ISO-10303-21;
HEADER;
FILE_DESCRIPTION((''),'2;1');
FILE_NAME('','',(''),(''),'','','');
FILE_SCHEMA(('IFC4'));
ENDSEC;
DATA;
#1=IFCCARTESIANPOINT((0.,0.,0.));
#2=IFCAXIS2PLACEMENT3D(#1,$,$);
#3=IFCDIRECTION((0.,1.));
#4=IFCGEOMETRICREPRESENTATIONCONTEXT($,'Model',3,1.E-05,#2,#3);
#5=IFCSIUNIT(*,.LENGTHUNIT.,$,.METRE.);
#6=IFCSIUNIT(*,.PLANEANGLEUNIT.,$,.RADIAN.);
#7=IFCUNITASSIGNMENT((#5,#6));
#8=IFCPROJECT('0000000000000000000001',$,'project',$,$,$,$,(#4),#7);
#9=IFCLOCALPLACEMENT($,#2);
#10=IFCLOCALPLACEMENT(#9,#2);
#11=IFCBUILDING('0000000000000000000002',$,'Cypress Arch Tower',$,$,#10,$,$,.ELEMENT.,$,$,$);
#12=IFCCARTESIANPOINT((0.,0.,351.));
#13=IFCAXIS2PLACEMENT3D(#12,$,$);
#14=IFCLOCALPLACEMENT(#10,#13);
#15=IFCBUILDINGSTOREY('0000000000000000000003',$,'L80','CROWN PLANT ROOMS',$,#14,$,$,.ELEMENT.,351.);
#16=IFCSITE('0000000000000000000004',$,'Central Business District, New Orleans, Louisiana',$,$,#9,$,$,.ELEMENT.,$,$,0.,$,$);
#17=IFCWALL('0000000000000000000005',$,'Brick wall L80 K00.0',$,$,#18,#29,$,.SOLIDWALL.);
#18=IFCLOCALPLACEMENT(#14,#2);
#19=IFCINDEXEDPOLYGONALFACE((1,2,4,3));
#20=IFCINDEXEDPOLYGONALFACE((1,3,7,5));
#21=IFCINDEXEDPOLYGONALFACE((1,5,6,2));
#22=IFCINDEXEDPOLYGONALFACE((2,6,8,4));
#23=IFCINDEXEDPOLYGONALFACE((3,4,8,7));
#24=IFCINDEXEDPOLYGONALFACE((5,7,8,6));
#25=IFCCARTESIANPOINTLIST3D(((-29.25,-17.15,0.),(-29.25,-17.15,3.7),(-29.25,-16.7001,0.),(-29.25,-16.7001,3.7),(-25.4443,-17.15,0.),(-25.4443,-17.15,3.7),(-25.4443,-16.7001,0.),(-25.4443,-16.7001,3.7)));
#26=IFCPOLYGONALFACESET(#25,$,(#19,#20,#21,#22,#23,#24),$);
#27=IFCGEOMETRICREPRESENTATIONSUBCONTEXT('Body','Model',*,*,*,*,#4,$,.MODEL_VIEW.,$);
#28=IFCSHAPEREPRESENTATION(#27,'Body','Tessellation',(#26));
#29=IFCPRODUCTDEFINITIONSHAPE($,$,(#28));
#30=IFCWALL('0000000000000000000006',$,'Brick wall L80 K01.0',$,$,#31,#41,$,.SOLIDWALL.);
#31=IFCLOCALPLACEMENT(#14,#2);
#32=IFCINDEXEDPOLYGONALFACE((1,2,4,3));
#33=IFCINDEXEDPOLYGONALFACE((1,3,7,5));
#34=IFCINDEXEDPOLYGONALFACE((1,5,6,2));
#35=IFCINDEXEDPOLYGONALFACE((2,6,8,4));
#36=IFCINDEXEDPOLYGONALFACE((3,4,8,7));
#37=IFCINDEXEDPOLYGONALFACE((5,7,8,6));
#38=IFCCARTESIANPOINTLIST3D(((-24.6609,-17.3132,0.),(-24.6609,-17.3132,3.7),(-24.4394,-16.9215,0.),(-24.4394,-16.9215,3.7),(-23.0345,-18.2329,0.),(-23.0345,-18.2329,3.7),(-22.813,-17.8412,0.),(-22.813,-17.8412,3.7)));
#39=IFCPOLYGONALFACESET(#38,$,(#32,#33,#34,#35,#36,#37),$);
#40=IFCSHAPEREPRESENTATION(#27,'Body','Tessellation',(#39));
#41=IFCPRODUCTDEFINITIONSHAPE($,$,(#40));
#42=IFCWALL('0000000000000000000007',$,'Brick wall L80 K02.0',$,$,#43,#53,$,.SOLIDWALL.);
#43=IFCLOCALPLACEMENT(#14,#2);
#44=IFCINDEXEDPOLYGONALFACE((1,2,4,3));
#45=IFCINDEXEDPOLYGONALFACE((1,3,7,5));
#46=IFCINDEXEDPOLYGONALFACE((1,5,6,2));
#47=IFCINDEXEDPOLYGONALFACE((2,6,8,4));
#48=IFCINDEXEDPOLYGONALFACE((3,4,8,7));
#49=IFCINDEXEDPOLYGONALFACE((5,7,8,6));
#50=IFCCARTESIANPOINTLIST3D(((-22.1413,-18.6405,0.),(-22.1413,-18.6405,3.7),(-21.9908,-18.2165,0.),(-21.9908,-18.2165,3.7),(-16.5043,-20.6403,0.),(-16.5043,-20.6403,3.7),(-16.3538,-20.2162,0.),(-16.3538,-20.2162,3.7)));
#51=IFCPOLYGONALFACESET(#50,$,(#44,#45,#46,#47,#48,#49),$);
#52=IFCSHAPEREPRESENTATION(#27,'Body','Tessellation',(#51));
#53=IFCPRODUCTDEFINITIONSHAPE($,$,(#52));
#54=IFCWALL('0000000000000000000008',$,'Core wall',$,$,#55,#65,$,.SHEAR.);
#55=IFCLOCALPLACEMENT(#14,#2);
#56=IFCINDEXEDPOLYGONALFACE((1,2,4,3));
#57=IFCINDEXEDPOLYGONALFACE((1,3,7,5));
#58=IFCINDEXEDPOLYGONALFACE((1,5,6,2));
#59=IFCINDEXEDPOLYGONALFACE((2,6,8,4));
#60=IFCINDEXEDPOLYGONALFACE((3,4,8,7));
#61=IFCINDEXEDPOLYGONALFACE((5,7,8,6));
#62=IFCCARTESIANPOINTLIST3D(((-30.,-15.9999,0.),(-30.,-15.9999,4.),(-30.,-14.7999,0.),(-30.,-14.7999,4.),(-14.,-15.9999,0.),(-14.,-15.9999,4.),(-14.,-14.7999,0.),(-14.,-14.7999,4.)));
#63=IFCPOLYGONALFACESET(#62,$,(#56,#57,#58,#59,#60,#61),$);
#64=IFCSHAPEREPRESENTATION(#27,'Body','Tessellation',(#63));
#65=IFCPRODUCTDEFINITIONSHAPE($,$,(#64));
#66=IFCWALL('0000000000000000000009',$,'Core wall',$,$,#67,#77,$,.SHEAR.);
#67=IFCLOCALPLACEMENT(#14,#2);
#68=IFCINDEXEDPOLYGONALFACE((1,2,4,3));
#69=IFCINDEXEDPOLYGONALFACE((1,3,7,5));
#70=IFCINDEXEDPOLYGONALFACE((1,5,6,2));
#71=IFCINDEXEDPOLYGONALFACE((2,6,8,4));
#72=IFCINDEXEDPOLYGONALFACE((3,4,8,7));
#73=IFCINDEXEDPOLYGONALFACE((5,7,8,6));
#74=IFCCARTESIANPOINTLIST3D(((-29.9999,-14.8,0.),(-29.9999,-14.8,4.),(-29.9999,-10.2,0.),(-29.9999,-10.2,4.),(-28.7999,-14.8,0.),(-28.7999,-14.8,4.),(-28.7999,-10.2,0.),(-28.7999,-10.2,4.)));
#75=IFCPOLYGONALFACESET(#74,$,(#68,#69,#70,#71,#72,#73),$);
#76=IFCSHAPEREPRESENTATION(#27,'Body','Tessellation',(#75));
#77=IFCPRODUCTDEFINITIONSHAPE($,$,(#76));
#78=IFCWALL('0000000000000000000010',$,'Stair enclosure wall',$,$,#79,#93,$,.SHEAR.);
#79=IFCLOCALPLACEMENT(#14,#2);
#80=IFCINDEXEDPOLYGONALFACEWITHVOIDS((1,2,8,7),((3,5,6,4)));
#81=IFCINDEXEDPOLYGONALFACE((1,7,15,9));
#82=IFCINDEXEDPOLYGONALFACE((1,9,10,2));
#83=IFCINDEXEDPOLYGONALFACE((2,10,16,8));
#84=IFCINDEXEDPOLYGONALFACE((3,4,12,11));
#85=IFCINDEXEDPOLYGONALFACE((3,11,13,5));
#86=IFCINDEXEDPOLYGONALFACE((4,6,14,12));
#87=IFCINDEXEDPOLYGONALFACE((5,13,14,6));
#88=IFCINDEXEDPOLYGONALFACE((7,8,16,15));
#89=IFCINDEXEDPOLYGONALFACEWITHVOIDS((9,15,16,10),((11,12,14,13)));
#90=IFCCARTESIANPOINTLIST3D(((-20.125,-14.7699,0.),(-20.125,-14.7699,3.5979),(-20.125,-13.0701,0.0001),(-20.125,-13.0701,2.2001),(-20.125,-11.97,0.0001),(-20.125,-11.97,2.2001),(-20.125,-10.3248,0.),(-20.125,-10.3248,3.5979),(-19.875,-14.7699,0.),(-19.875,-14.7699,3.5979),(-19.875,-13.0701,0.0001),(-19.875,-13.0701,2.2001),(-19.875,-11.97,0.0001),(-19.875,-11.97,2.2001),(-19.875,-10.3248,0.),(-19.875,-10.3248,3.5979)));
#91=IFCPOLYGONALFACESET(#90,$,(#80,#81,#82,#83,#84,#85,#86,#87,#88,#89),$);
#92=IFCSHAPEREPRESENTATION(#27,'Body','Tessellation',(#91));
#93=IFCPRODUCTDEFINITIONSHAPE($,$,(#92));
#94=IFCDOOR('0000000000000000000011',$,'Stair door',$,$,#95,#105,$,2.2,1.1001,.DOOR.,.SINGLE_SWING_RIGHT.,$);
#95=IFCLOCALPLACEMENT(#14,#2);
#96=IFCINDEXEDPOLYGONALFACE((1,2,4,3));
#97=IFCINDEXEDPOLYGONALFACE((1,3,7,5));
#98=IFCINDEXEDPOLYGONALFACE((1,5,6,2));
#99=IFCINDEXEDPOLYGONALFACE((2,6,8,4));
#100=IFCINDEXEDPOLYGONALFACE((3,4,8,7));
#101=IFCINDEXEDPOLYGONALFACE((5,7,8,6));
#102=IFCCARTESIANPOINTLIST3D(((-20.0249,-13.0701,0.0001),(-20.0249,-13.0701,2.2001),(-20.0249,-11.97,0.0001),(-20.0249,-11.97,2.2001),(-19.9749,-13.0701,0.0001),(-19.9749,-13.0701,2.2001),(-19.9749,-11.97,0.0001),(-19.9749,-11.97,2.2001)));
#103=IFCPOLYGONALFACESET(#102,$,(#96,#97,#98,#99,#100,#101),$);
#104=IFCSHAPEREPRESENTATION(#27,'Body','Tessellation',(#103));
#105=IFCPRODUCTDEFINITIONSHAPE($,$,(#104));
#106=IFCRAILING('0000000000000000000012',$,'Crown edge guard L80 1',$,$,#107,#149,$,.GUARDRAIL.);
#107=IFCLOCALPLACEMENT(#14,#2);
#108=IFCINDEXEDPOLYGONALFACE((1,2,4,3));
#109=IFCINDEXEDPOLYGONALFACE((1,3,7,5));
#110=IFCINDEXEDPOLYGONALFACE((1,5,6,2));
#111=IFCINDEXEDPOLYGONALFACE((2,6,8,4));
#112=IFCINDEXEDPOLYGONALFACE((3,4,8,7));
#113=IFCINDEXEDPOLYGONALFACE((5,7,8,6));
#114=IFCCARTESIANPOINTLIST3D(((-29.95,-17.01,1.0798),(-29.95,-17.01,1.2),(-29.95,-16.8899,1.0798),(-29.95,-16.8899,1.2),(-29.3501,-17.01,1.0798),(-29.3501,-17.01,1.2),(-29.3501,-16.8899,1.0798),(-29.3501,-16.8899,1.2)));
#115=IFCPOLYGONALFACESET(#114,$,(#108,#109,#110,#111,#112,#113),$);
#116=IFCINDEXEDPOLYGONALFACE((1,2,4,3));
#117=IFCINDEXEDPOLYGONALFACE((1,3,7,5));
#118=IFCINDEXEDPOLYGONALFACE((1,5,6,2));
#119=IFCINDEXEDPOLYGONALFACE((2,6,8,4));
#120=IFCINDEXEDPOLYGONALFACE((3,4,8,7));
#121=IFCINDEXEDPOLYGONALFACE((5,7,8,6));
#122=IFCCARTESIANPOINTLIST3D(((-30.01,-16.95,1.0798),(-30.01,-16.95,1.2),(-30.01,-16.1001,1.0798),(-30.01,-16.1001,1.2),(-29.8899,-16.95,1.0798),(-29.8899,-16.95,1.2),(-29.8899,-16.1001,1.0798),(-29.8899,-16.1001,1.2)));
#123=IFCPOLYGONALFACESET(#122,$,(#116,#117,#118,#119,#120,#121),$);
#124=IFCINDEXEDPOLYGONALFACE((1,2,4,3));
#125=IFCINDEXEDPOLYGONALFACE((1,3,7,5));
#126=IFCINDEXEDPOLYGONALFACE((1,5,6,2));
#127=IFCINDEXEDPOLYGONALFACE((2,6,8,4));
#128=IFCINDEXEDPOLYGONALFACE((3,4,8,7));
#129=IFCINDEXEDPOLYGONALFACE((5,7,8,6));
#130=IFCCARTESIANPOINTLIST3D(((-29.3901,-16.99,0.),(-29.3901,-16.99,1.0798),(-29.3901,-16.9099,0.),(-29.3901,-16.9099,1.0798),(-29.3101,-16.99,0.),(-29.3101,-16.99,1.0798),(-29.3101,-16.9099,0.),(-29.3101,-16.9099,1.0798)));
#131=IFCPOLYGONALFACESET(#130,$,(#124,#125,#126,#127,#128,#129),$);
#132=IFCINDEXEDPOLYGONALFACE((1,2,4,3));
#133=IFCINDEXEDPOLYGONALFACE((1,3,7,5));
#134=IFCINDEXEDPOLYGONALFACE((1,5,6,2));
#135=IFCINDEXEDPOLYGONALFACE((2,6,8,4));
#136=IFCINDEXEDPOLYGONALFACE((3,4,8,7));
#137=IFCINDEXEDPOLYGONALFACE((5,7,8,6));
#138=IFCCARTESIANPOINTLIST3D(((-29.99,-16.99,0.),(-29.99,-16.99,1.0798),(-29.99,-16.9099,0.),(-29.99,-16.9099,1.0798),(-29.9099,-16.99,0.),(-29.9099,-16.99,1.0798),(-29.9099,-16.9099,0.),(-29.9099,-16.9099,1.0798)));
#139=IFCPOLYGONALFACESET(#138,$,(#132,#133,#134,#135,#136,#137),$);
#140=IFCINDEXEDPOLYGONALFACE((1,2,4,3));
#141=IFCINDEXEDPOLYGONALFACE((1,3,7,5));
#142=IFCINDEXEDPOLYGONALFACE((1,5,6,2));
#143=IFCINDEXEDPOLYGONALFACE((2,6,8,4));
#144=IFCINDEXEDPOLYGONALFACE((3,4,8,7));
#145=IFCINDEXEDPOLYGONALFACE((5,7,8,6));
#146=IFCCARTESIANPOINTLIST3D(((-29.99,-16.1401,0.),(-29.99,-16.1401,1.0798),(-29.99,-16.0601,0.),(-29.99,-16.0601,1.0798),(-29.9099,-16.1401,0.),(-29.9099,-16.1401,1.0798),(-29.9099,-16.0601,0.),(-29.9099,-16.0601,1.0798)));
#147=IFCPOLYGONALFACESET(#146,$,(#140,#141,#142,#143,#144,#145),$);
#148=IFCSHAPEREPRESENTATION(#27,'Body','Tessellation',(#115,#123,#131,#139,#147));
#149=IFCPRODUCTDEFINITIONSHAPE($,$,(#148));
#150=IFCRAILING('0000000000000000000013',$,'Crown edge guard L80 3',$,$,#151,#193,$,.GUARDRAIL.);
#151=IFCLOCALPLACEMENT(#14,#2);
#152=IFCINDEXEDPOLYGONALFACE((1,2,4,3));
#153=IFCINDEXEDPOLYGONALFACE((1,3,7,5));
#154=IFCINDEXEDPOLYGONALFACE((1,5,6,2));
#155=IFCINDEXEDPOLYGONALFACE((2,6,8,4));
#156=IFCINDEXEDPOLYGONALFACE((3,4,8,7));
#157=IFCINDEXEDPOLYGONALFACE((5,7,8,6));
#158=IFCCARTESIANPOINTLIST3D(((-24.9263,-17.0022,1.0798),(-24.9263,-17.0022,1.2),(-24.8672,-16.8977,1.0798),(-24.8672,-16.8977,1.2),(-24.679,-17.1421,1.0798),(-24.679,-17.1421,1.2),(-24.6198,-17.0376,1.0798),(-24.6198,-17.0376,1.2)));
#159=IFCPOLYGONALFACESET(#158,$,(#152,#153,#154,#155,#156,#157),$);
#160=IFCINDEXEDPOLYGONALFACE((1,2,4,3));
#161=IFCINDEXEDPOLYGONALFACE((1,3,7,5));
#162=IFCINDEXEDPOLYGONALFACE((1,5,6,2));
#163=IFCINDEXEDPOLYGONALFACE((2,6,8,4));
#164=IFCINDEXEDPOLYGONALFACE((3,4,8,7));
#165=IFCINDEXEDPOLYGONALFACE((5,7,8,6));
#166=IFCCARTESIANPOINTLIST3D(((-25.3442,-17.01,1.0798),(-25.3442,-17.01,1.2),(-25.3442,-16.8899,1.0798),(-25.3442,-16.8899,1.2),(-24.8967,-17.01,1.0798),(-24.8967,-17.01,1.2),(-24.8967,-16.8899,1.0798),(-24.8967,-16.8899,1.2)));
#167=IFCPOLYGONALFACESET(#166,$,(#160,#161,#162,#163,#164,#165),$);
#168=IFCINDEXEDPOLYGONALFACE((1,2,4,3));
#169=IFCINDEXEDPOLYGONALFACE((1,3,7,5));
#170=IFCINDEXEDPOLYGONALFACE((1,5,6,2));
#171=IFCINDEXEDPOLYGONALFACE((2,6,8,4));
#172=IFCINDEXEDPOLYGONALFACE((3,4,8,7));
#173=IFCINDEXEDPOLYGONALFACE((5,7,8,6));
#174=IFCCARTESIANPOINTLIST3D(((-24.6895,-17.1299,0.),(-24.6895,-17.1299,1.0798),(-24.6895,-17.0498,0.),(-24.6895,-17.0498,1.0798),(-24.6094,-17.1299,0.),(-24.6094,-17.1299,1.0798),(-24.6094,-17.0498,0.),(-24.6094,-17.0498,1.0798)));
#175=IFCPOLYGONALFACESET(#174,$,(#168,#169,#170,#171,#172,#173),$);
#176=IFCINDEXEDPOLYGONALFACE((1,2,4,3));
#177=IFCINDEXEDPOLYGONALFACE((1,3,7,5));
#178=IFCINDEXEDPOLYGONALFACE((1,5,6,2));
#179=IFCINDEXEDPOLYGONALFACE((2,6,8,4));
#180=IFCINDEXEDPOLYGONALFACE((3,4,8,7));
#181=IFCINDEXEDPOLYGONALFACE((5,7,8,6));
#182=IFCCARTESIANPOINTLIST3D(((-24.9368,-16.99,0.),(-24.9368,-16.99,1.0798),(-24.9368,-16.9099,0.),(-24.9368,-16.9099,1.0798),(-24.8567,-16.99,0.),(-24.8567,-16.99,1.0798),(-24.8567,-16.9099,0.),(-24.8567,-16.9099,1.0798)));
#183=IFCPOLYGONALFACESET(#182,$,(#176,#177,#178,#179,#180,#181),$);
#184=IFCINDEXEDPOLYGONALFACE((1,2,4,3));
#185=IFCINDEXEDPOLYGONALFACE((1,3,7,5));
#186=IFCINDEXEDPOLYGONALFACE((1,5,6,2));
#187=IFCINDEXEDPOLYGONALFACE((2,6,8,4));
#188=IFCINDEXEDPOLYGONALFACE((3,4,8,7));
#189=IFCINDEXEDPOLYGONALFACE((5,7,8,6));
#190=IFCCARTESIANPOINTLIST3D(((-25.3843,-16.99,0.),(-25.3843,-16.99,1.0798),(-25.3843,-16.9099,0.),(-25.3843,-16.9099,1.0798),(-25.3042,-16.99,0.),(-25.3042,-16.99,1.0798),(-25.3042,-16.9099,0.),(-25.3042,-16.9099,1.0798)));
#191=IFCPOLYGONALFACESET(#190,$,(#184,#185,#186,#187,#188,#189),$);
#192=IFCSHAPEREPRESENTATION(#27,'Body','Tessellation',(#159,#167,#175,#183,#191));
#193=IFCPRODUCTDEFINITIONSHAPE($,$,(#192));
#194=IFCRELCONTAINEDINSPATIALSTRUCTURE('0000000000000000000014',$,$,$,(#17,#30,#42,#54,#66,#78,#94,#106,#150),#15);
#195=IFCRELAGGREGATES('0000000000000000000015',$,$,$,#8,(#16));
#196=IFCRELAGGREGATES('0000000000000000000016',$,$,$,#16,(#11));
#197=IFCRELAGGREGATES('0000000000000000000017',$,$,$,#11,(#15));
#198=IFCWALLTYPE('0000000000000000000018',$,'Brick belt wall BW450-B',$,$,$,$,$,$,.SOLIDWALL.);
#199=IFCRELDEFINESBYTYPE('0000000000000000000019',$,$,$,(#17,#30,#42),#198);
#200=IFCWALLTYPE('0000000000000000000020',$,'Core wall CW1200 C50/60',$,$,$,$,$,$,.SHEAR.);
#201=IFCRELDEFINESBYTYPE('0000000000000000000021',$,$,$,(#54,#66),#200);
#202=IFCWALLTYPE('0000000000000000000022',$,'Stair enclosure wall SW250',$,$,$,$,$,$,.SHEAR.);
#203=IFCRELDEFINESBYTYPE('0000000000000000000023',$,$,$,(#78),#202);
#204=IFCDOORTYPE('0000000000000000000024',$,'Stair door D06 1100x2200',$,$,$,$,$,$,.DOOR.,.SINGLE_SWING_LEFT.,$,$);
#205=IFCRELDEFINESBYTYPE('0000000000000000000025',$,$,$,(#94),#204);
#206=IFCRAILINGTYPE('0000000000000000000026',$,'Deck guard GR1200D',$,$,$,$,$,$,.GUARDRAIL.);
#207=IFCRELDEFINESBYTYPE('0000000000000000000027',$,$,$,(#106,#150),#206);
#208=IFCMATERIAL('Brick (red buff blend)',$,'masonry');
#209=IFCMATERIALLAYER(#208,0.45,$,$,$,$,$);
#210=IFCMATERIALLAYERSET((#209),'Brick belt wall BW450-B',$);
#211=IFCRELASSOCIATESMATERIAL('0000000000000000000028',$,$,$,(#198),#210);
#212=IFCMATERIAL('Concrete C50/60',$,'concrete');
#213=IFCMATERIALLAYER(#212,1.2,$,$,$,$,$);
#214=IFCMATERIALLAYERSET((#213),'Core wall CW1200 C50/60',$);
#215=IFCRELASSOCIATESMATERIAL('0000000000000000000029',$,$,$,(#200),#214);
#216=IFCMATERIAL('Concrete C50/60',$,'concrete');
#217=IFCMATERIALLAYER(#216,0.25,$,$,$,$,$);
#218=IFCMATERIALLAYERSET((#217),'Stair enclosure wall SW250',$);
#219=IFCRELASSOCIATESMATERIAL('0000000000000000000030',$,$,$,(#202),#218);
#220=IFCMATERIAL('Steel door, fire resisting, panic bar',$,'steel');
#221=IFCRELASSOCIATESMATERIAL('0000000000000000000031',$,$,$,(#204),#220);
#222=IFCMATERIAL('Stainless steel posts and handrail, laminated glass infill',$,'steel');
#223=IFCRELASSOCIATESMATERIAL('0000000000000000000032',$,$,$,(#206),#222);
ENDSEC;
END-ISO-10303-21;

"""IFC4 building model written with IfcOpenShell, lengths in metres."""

from ifc_helpers import new_model, si_unit, direction, frame, frame_2d, origin, origin_2d, place, context, subcontext, project, spatial, rectangle, extrude, material, layer, layer_set, type_object, element, fill, save


model = new_model("IFC4")

# Units and contexts
model_context = context("Model", 3, precision=1e-05, world=origin(), true_north=direction((0.0, 1.0)))
body_context = subcontext(model_context, "Body", "Model", "MODEL_VIEW")
ifc_project = project(units=[si_unit("LENGTHUNIT", "METRE"), si_unit("PLANEANGLEUNIT", "RADIAN")], contexts=[model_context])

# Site, building, storey
site_placement = place(None, origin())
site = spatial("IfcSite", under=ifc_project, at=site_placement, Name="Central Business District, New Orleans, Louisiana", CompositionType="ELEMENT", RefElevation=0.0)
building_placement = place(site_placement, origin())
building = spatial("IfcBuilding", under=site, at=building_placement, Name="Cypress Arch Tower", CompositionType="ELEMENT")
storey_placement = place(building_placement, frame((0.0, 0.0, 351.0)))
storey = spatial("IfcBuildingStorey", under=building, at=storey_placement, Name="L80", Description="CROWN PLANT ROOMS", CompositionType="ELEMENT", Elevation=351.0)

# Walls
ifc_material_1 = material(Name="Brick (red buff blend)", Category="masonry")
ifc_layer_1 = layer(ifc_material_1, 0.45)
ifc_layer_set_1 = layer_set([ifc_layer_1], Name="Brick belt wall BW450-B")
wall_type_1 = type_object("IfcWallType", Name="Brick belt wall BW450-B", PredefinedType="SOLIDWALL", material=ifc_layer_set_1)
wall_1_placement = place(storey_placement, frame((-29.25, -16.925, 0.0), z_axis=(0.0, 0.0, 1.0), x_axis=(1.0, 0.0, 0.0)))
element("IfcWall", 1, at=wall_1_placement, inside=storey, type_object=wall_type_1, Name="Brick wall L80 K00.0", PredefinedType="SOLIDWALL", context=body_context, shape_type="SweptSolid", body=[
    extrude(rectangle(XDim=3.8057, YDim=0.45, at=frame_2d((1.9028, 0.0))), origin(), (0.0, 0.0, 1.0), 3.7),
])
wall_2_placement = place(storey_placement, frame((-24.55, -17.1174, 0.0), z_axis=(0.0, 0.0, 1.0), x_axis=(0.870478, -0.492208, 0.0)))
element("IfcWall", 2, at=wall_2_placement, inside=storey, type_object=wall_type_1, Name="Brick wall L80 K01.0", PredefinedType="SOLIDWALL", context=body_context, shape_type="SweptSolid", body=[
    extrude(rectangle(XDim=1.8684, YDim=0.45, at=frame_2d((0.9341, 0.0))), origin(), (0.0, 0.0, 1.0), 3.7),
])
wall_3_placement = place(storey_placement, frame((-22.0662, -18.4285, 0.0), z_axis=(0.0, 0.0, 1.0), x_axis=(0.942452, -0.334342, 0.0)))
element("IfcWall", 3, at=wall_3_placement, inside=storey, type_object=wall_type_1, Name="Brick wall L80 K02.0", PredefinedType="SOLIDWALL", context=body_context, shape_type="SweptSolid", body=[
    extrude(rectangle(XDim=5.9812, YDim=0.45, at=frame_2d((2.9907, 0.0))), origin(), (0.0, 0.0, 1.0), 3.7),
])
ifc_material_2 = material(Name="Concrete C50/60", Category="concrete")
ifc_layer_2 = layer(ifc_material_2, 1.2)
ifc_layer_set_2 = layer_set([ifc_layer_2], Name="Core wall CW1200 C50/60")
wall_type_2 = type_object("IfcWallType", Name="Core wall CW1200 C50/60", PredefinedType="SHEAR", material=ifc_layer_set_2)
wall_4_placement = place(storey_placement, frame((-30.0, -15.3999, 0.0), z_axis=(0.0, 0.0, 1.0), x_axis=(1.0, 0.0, 0.0)))
element("IfcWall", 4, at=wall_4_placement, inside=storey, type_object=wall_type_2, Name="Core wall", PredefinedType="SHEAR", context=body_context, shape_type="SweptSolid", body=[
    extrude(rectangle(XDim=16.0, YDim=1.2, at=frame_2d((8.0, 0.0))), origin(), (0.0, 0.0, 1.0), 4.0),
])
wall_5_placement = place(storey_placement, frame((-29.3999, -14.8, 0.0), z_axis=(0.0, 0.0, 1.0), x_axis=(0.0, 1.0, 0.0)))
element("IfcWall", 5, at=wall_5_placement, inside=storey, type_object=wall_type_2, Name="Core wall", PredefinedType="SHEAR", context=body_context, shape_type="SweptSolid", body=[
    extrude(rectangle(XDim=4.6001, YDim=1.2, at=frame_2d((2.3, 0.0))), origin(), (0.0, 0.0, 1.0), 4.0),
])

# Wall, opening, door
ifc_material_3 = material(Name="Concrete C50/60", Category="concrete")
ifc_layer_3 = layer(ifc_material_3, 0.25)
ifc_layer_set_3 = layer_set([ifc_layer_3], Name="Stair enclosure wall SW250")
wall_type_3 = type_object("IfcWallType", Name="Stair enclosure wall SW250", PredefinedType="SHEAR", material=ifc_layer_set_3)
wall_6_placement = place(storey_placement, frame((-20.0, -14.77, 0.0), z_axis=(0.0, 0.0, 1.0), x_axis=(0.0, 1.0, 0.0)))
wall_6 = element("IfcWall", 6, at=wall_6_placement, inside=storey, type_object=wall_type_3, Name="Stair enclosure wall", PredefinedType="SHEAR", context=body_context, shape_type="SweptSolid", body=[
    extrude(rectangle(XDim=4.4451, YDim=0.25, at=frame_2d((2.2227, 0.0))), origin(), (0.0, 0.0, 1.0), 3.5979),
])
opening_placement = place(wall_6_placement, frame((1.7, 0.0, 0.0)))
opening = element("IfcOpeningElement", 7, at=opening_placement, cuts=wall_6, PredefinedType="OPENING", context=body_context, shape_type="SweptSolid", body=[
    extrude(rectangle(XDim=1.1001, YDim=2.2, at=frame_2d((0.55, 1.1001))), frame((0.0, 0.135, 0.0), z_axis=(0.0, -1.0, 0.0), x_axis=(1.0, 0.0, 0.0)), (0.0, 0.0, 1.0), 0.27),
])
ifc_material_4 = material(Name="Steel door, fire resisting, panic bar", Category="steel")
door_type = type_object("IfcDoorType", Name="Stair door D06 1100x2200", OperationType="SINGLE_SWING_LEFT", PredefinedType="DOOR", material=ifc_material_4)
door_placement = place(opening_placement, origin())
door = element("IfcDoor", 8, at=door_placement, inside=storey, type_object=door_type, Name="Stair door", OperationType="SINGLE_SWING_RIGHT", OverallHeight=2.2, OverallWidth=1.1001, PredefinedType="DOOR", context=body_context, shape_type="SweptSolid", body=[
    extrude(rectangle(XDim=1.1001, YDim=2.2, at=frame_2d((0.55, 1.1001))), frame((0.0, 0.0249, 0.0), z_axis=(0.0, -1.0, 0.0), x_axis=(1.0, 0.0, 0.0)), (0.0, 0.0, 1.0), 0.05),
])
fill(opening, door)

# Railings
ifc_material_5 = material(Name="Stainless steel posts and handrail, laminated glass infill", Category="steel")
railing_type_1 = type_object("IfcRailingType", Name="Deck guard GR1200D", PredefinedType="GUARDRAIL", material=ifc_material_5)
railing_1_placement = place(storey_placement, frame((-29.3501, -16.95, 0.0)))
element("IfcRailing", 9, at=railing_1_placement, inside=storey, type_object=railing_type_1, Name="Crown edge guard L80 1", PredefinedType="GUARDRAIL", context=body_context, shape_type="SweptSolid", body=[
    extrude(rectangle(XDim=0.1201, YDim=0.1201, at=origin_2d()), frame((0.0, 0.0, 1.1399), z_axis=(-1.0, 0.0, 0.0), x_axis=(0.0, -1.0, 0.0)), (0.0, 0.0, 1.0), 0.5999),
    extrude(rectangle(XDim=0.1201, YDim=0.1201, at=origin_2d()), frame((-0.5999, 0.0, 1.1399), z_axis=(0.0, 1.0, 0.0), x_axis=(-1.0, 0.0, 0.0)), (0.0, 0.0, 1.0), 0.8499),
    extrude(rectangle(XDim=0.0801, YDim=0.0801, at=origin_2d()), origin(), (0.0, 0.0, 1.0), 1.0798),
    extrude(rectangle(XDim=0.0801, YDim=0.0801, at=origin_2d()), frame((-0.5999, 0.0, 0.0)), (0.0, 0.0, 1.0), 1.0798),
    extrude(rectangle(XDim=0.0801, YDim=0.0801, at=origin_2d()), frame((-0.5999, 0.8499, 0.0)), (0.0, 0.0, 1.0), 1.0798),
])
railing_2_placement = place(storey_placement, frame((-24.6494, -17.0898, 0.0)))
element("IfcRailing", 10, at=railing_2_placement, inside=storey, type_object=railing_type_1, Name="Crown edge guard L80 3", PredefinedType="GUARDRAIL", context=body_context, shape_type="SweptSolid", body=[
    extrude(rectangle(XDim=0.1201, YDim=0.1201, at=origin_2d()), frame((0.0, 0.0, 1.1399), z_axis=(-0.870403, 0.49234, 0.0), x_axis=(-0.49234, -0.870403, 0.0)), (0.0, 0.0, 1.0), 0.2842),
    extrude(rectangle(XDim=0.1201, YDim=0.1201, at=origin_2d()), frame((-0.2473, 0.1399, 1.1399), z_axis=(-1.0, 0.0, 0.0), x_axis=(0.0, -1.0, 0.0)), (0.0, 0.0, 1.0), 0.4475),
    extrude(rectangle(XDim=0.0801, YDim=0.0801, at=origin_2d()), origin(), (0.0, 0.0, 1.0), 1.0798),
    extrude(rectangle(XDim=0.0801, YDim=0.0801, at=origin_2d()), frame((-0.2473, 0.1399, 0.0)), (0.0, 0.0, 1.0), 1.0798),
    extrude(rectangle(XDim=0.0801, YDim=0.0801, at=origin_2d()), frame((-0.6948, 0.1399, 0.0)), (0.0, 0.0, 1.0), 1.0798),
])

save(model, "model.ifc")
